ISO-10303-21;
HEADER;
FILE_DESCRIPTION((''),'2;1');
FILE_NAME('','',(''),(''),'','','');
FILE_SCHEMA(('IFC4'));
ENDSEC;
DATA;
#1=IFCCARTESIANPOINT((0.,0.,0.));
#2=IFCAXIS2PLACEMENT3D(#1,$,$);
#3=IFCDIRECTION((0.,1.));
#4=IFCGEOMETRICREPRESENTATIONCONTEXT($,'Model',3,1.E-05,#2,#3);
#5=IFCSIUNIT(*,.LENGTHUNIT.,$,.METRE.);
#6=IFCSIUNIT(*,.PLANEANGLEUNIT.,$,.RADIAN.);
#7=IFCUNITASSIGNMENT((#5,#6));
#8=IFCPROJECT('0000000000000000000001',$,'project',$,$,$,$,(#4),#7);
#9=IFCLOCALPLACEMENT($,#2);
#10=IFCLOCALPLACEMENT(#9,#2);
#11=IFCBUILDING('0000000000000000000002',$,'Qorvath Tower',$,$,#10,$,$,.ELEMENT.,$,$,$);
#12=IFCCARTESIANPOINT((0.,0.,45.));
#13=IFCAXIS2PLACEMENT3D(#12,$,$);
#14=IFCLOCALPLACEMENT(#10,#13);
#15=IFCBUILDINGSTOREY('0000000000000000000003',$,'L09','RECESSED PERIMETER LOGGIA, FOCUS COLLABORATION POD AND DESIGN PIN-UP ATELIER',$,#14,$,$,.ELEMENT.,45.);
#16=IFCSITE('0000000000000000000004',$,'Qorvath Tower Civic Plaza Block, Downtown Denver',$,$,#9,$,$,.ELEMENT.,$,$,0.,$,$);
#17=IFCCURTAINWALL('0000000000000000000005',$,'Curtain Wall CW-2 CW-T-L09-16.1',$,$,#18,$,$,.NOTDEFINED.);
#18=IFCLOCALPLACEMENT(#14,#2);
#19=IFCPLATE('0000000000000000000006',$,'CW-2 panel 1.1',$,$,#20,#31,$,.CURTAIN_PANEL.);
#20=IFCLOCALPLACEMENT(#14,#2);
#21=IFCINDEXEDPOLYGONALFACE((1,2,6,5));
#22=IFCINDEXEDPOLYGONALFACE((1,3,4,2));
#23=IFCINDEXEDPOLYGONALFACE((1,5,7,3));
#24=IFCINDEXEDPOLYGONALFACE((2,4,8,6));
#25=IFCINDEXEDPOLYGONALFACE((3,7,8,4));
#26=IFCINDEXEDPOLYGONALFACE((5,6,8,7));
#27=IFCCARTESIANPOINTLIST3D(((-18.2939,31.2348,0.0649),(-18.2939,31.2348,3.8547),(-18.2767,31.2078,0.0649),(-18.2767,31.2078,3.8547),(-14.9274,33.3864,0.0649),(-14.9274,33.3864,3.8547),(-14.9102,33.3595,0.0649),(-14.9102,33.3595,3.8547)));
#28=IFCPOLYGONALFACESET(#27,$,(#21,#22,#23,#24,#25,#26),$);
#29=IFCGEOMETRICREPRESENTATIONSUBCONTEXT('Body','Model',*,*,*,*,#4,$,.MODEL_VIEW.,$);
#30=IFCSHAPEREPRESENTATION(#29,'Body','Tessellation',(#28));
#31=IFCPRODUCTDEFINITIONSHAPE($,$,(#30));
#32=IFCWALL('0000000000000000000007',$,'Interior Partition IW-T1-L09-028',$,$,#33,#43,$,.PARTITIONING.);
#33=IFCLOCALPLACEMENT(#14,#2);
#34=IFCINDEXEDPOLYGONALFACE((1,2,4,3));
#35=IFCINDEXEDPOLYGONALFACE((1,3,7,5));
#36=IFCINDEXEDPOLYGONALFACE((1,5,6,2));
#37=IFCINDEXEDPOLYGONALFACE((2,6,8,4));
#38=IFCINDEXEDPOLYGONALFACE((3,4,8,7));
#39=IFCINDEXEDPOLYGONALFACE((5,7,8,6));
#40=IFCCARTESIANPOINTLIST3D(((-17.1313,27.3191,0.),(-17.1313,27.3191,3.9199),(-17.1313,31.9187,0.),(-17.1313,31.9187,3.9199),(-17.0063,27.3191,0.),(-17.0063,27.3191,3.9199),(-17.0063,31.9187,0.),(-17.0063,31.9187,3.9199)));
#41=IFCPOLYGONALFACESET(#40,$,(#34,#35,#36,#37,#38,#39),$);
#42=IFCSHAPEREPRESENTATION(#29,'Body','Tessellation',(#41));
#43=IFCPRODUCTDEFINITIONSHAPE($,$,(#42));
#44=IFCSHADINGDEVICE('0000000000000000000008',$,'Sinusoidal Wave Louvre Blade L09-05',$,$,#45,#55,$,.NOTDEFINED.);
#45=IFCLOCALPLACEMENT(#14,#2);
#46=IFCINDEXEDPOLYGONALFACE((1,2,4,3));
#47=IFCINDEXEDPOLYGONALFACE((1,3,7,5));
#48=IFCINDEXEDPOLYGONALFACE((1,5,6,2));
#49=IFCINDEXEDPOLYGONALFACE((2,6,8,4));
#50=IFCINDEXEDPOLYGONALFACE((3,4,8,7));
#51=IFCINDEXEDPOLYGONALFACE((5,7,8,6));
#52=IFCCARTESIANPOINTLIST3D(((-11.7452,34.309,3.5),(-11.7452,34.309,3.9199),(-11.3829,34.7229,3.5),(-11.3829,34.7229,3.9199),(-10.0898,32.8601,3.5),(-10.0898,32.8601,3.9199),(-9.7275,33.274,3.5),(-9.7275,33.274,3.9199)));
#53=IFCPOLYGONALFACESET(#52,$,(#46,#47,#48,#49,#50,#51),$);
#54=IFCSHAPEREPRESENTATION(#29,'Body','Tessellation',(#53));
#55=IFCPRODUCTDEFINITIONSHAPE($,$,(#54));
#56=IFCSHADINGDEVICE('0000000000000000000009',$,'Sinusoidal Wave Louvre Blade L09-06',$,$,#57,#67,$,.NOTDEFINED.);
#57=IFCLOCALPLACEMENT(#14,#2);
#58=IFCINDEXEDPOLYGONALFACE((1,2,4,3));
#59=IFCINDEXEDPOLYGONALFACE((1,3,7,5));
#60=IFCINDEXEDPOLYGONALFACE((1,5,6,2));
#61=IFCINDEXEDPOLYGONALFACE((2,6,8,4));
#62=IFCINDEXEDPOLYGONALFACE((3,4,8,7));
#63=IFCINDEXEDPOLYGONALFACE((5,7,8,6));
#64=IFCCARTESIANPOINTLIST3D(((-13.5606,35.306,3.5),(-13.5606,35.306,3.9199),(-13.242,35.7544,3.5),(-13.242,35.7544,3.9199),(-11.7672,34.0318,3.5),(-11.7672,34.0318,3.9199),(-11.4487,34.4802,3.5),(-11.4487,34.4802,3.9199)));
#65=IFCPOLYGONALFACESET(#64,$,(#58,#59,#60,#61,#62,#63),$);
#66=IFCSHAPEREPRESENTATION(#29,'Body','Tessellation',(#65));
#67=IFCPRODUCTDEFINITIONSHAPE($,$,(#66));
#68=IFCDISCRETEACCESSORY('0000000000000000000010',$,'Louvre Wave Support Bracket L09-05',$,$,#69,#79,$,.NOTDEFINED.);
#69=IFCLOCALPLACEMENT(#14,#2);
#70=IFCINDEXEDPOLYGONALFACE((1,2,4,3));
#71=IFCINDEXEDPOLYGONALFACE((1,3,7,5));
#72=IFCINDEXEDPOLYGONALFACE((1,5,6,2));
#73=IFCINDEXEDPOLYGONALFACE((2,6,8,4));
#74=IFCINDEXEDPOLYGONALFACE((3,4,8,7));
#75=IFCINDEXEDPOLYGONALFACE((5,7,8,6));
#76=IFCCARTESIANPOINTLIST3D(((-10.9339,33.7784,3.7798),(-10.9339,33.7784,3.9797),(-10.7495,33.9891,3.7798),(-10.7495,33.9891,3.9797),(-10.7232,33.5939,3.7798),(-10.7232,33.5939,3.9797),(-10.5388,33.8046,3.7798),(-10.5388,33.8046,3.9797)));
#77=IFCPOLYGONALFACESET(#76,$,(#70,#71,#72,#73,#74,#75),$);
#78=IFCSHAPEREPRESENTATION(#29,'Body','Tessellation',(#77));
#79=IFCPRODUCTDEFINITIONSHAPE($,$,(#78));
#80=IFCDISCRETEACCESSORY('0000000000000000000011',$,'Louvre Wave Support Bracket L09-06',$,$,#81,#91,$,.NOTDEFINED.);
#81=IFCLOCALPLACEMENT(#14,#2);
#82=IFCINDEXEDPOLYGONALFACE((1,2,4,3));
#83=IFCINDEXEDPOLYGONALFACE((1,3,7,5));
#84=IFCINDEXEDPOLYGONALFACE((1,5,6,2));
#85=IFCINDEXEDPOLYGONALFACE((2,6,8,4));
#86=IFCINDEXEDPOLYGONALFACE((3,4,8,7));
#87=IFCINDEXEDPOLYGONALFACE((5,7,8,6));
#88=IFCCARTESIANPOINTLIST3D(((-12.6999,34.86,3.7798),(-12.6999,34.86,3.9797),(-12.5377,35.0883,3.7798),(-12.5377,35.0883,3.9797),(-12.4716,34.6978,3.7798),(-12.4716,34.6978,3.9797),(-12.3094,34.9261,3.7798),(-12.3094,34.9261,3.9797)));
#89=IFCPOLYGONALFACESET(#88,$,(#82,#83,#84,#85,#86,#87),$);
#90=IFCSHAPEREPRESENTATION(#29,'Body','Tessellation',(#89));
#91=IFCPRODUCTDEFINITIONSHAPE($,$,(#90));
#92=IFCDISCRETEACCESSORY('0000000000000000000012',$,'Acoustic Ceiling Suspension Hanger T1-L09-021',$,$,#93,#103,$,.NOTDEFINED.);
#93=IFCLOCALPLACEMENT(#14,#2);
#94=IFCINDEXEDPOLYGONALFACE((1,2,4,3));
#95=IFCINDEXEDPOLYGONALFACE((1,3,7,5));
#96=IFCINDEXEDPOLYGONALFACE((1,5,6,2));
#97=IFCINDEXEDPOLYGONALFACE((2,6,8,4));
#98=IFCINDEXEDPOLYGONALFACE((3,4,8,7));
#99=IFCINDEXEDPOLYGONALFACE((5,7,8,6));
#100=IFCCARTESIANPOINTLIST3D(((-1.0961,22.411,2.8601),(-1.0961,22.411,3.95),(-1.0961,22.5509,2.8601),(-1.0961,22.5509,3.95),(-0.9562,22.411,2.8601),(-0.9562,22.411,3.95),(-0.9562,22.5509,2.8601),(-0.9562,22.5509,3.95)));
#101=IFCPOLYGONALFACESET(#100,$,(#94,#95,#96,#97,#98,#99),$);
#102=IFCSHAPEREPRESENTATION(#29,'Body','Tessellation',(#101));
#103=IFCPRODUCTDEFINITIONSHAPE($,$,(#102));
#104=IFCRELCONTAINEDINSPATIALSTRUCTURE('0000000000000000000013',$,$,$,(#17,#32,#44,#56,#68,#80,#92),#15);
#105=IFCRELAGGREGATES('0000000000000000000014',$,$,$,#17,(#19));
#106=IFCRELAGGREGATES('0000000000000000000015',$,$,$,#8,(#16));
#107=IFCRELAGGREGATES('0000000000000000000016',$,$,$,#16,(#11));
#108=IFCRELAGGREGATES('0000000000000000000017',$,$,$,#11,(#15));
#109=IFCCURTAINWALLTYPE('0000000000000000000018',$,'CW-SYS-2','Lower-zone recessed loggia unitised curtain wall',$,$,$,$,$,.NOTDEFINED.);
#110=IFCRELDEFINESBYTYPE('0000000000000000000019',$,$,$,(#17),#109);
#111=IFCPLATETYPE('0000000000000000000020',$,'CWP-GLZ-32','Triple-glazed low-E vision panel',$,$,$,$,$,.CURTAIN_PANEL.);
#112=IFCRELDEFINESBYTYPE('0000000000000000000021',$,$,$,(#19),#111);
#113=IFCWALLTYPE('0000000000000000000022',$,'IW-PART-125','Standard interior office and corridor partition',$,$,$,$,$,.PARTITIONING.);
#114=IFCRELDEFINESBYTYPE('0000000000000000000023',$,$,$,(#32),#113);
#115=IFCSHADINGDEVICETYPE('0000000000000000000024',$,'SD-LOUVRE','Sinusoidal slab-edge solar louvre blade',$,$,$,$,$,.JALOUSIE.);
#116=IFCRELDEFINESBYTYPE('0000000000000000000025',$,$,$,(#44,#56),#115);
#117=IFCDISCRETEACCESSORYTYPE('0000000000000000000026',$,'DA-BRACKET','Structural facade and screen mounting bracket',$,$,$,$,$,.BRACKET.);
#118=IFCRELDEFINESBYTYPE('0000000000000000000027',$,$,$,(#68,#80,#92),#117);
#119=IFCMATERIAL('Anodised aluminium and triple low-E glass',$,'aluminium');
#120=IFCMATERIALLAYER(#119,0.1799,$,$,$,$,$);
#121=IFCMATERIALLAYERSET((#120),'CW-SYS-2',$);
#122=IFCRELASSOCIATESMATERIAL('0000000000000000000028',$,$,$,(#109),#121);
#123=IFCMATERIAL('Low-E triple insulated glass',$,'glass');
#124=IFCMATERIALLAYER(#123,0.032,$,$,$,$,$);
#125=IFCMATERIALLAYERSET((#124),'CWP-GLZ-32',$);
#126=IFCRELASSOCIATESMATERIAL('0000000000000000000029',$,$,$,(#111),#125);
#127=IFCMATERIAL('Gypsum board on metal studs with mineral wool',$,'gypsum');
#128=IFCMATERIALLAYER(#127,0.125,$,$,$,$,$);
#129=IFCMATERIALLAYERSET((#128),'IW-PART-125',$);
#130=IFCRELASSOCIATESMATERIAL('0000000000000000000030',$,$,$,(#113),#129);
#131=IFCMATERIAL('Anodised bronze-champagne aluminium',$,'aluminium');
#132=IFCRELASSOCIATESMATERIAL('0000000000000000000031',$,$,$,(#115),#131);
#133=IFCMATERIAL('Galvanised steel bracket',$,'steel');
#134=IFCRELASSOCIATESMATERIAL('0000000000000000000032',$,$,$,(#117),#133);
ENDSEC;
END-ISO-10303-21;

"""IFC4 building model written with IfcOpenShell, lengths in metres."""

from ifc_helpers import new_model, si_unit, direction, frame, frame_2d, origin, origin_2d, place, context, subcontext, project, spatial, rectangle, extrude, material, layer, layer_set, type_object, element, aggregate, save


model = new_model("IFC4")

# Units and contexts
model_context = context("Model", 3, precision=1e-05, world=origin(), true_north=direction((0.0, 1.0)))
body_context = subcontext(model_context, "Body", "Model", "MODEL_VIEW")
ifc_project = project(units=[si_unit("LENGTHUNIT", "METRE"), si_unit("PLANEANGLEUNIT", "RADIAN")], contexts=[model_context])

# Site, building, storey
site_placement = place(None, origin())
site = spatial("IfcSite", under=ifc_project, at=site_placement, Name="Qorvath Tower Civic Plaza Block, Downtown Denver", CompositionType="ELEMENT", RefElevation=0.0)
building_placement = place(site_placement, origin())
building = spatial("IfcBuilding", under=site, at=building_placement, Name="Qorvath Tower", CompositionType="ELEMENT")
storey_placement = place(building_placement, frame((0.0, 0.0, 45.0)))
storey = spatial("IfcBuildingStorey", under=building, at=storey_placement, Name="L09", Description="RECESSED PERIMETER LOGGIA, FOCUS COLLABORATION POD AND DESIGN PIN-UP ATELIER", CompositionType="ELEMENT", Elevation=45.0)

# Shared definitions
ifc_material_1 = material(Name="Anodised aluminium and triple low-E glass", Category="aluminium")
ifc_layer_1 = layer(ifc_material_1, 0.1799)
ifc_layer_set_1 = layer_set([ifc_layer_1], Name="CW-SYS-2")
curtain_wall_type = type_object("IfcCurtainWallType", Name="CW-SYS-2", Description="Lower-zone recessed loggia unitised curtain wall", PredefinedType="NOTDEFINED", material=ifc_layer_set_1)

# Curtain wall
curtain_wall_1_placement = place(storey_placement, origin())
curtain_wall_1 = element("IfcCurtainWall", 1, at=curtain_wall_1_placement, inside=storey, type_object=curtain_wall_type, Name="Curtain Wall CW-2 CW-T-L09-16.1", PredefinedType="NOTDEFINED")

# Plate
ifc_material_2 = material(Name="Low-E triple insulated glass", Category="glass")
ifc_layer_2 = layer(ifc_material_2, 0.032)
ifc_layer_set_2 = layer_set([ifc_layer_2], Name="CWP-GLZ-32")
plate_type = type_object("IfcPlateType", Name="CWP-GLZ-32", Description="Triple-glazed low-E vision panel", PredefinedType="CURTAIN_PANEL", material=ifc_layer_set_2)
plate_1_placement = place(storey_placement, frame((-16.6021, 32.2971, 0.0649), z_axis=(0.0, 0.0, 1.0), x_axis=(-0.842604, -0.538533, 0.0)))
plate_1 = element("IfcPlate", 2, at=plate_1_placement, type_object=plate_type, Name="CW-2 panel 1.1", PredefinedType="CURTAIN_PANEL", context=body_context, shape_type="SweptSolid", body=[
    extrude(rectangle(XDim=3.9954, YDim=0.032, at=origin_2d()), origin(), (0.0, 0.0, 1.0), 3.7898),
])
aggregate(curtain_wall_1, [plate_1])

# Wall
ifc_material_3 = material(Name="Gypsum board on metal studs with mineral wool", Category="gypsum")
ifc_layer_3 = layer(ifc_material_3, 0.125)
ifc_layer_set_3 = layer_set([ifc_layer_3], Name="IW-PART-125")
wall_type = type_object("IfcWallType", Name="IW-PART-125", Description="Standard interior office and corridor partition", PredefinedType="PARTITIONING", material=ifc_layer_set_3)
wall_placement = place(storey_placement, frame((-17.0688, 27.3191, 0.0), z_axis=(0.0, 0.0, 1.0), x_axis=(0.0, 1.0, 0.0)))
element("IfcWall", 3, at=wall_placement, inside=storey, type_object=wall_type, Name="Interior Partition IW-T1-L09-028", PredefinedType="PARTITIONING", context=body_context, shape_type="SweptSolid", body=[
    extrude(rectangle(XDim=4.5996, YDim=0.125, at=frame_2d((2.2998, 0.0))), origin(), (0.0, 0.0, 1.0), 3.9199),
])

# Shading devices
ifc_material_4 = material(Name="Anodised bronze-champagne aluminium", Category="aluminium")
shading_device_type = type_object("IfcShadingDeviceType", Name="SD-LOUVRE", Description="Sinusoidal slab-edge solar louvre blade", PredefinedType="JALOUSIE", material=ifc_material_4)
for number, where, z_axis, x_axis, name in (
    (4, (-10.7363, 33.7915, 3.5), (0.0, 0.0, 1.0), (-0.752465, 0.658632, 0.0), "Sinusoidal Wave Louvre Blade L09-05"),
    (5, (-12.5046, 34.8931, 3.5), (0.0, 0.0, 1.0), (-0.815188, 0.579196, 0.0), "Sinusoidal Wave Louvre Blade L09-06"),
):
    element("IfcShadingDevice", number, at=place(storey_placement, frame(where, z_axis=z_axis, x_axis=x_axis)), inside=storey, type_object=shading_device_type, Name=name, PredefinedType="NOTDEFINED", context=body_context, shape_type="SweptSolid", body=[
        extrude(rectangle(XDim=2.2, YDim=0.55, at=origin_2d()), origin(), (0.0, 0.0, 1.0), 0.4199),
    ])

# Discrete accessories
ifc_material_5 = material(Name="Galvanised steel bracket", Category="steel")
discrete_accessory_type = type_object("IfcDiscreteAccessoryType", Name="DA-BRACKET", Description="Structural facade and screen mounting bracket", PredefinedType="BRACKET", material=ifc_material_5)
for number, where, z_axis, x_axis, name in (
    (6, (-10.7363, 33.7915, 3.7798), (0.0, 0.0, 1.0), (-0.752465, 0.658632, 0.0), "Louvre Wave Support Bracket L09-05"),
    (7, (-12.5046, 34.8931, 3.7798), (0.0, 0.0, 1.0), (-0.815188, 0.579196, 0.0), "Louvre Wave Support Bracket L09-06"),
):
    element("IfcDiscreteAccessory", number, at=place(storey_placement, frame(where, z_axis=z_axis, x_axis=x_axis)), inside=storey, type_object=discrete_accessory_type, Name=name, PredefinedType="NOTDEFINED", context=body_context, shape_type="SweptSolid", body=[
        extrude(rectangle(XDim=0.28, YDim=0.28, at=origin_2d()), origin(), (0.0, 0.0, 1.0), 0.2),
    ])
discrete_accessory_placement = place(storey_placement, frame((-1.0261, 22.481, 2.8601), z_axis=(0.0, 0.0, 1.0), x_axis=(1.0, 0.0, 0.0)))
element("IfcDiscreteAccessory", 8, at=discrete_accessory_placement, inside=storey, type_object=discrete_accessory_type, Name="Acoustic Ceiling Suspension Hanger T1-L09-021", PredefinedType="NOTDEFINED", context=body_context, shape_type="SweptSolid", body=[
    extrude(rectangle(XDim=0.1399, YDim=0.1399, at=origin_2d()), origin(), (0.0, 0.0, 1.0), 1.0898),
])

save(model, "model.ifc")
